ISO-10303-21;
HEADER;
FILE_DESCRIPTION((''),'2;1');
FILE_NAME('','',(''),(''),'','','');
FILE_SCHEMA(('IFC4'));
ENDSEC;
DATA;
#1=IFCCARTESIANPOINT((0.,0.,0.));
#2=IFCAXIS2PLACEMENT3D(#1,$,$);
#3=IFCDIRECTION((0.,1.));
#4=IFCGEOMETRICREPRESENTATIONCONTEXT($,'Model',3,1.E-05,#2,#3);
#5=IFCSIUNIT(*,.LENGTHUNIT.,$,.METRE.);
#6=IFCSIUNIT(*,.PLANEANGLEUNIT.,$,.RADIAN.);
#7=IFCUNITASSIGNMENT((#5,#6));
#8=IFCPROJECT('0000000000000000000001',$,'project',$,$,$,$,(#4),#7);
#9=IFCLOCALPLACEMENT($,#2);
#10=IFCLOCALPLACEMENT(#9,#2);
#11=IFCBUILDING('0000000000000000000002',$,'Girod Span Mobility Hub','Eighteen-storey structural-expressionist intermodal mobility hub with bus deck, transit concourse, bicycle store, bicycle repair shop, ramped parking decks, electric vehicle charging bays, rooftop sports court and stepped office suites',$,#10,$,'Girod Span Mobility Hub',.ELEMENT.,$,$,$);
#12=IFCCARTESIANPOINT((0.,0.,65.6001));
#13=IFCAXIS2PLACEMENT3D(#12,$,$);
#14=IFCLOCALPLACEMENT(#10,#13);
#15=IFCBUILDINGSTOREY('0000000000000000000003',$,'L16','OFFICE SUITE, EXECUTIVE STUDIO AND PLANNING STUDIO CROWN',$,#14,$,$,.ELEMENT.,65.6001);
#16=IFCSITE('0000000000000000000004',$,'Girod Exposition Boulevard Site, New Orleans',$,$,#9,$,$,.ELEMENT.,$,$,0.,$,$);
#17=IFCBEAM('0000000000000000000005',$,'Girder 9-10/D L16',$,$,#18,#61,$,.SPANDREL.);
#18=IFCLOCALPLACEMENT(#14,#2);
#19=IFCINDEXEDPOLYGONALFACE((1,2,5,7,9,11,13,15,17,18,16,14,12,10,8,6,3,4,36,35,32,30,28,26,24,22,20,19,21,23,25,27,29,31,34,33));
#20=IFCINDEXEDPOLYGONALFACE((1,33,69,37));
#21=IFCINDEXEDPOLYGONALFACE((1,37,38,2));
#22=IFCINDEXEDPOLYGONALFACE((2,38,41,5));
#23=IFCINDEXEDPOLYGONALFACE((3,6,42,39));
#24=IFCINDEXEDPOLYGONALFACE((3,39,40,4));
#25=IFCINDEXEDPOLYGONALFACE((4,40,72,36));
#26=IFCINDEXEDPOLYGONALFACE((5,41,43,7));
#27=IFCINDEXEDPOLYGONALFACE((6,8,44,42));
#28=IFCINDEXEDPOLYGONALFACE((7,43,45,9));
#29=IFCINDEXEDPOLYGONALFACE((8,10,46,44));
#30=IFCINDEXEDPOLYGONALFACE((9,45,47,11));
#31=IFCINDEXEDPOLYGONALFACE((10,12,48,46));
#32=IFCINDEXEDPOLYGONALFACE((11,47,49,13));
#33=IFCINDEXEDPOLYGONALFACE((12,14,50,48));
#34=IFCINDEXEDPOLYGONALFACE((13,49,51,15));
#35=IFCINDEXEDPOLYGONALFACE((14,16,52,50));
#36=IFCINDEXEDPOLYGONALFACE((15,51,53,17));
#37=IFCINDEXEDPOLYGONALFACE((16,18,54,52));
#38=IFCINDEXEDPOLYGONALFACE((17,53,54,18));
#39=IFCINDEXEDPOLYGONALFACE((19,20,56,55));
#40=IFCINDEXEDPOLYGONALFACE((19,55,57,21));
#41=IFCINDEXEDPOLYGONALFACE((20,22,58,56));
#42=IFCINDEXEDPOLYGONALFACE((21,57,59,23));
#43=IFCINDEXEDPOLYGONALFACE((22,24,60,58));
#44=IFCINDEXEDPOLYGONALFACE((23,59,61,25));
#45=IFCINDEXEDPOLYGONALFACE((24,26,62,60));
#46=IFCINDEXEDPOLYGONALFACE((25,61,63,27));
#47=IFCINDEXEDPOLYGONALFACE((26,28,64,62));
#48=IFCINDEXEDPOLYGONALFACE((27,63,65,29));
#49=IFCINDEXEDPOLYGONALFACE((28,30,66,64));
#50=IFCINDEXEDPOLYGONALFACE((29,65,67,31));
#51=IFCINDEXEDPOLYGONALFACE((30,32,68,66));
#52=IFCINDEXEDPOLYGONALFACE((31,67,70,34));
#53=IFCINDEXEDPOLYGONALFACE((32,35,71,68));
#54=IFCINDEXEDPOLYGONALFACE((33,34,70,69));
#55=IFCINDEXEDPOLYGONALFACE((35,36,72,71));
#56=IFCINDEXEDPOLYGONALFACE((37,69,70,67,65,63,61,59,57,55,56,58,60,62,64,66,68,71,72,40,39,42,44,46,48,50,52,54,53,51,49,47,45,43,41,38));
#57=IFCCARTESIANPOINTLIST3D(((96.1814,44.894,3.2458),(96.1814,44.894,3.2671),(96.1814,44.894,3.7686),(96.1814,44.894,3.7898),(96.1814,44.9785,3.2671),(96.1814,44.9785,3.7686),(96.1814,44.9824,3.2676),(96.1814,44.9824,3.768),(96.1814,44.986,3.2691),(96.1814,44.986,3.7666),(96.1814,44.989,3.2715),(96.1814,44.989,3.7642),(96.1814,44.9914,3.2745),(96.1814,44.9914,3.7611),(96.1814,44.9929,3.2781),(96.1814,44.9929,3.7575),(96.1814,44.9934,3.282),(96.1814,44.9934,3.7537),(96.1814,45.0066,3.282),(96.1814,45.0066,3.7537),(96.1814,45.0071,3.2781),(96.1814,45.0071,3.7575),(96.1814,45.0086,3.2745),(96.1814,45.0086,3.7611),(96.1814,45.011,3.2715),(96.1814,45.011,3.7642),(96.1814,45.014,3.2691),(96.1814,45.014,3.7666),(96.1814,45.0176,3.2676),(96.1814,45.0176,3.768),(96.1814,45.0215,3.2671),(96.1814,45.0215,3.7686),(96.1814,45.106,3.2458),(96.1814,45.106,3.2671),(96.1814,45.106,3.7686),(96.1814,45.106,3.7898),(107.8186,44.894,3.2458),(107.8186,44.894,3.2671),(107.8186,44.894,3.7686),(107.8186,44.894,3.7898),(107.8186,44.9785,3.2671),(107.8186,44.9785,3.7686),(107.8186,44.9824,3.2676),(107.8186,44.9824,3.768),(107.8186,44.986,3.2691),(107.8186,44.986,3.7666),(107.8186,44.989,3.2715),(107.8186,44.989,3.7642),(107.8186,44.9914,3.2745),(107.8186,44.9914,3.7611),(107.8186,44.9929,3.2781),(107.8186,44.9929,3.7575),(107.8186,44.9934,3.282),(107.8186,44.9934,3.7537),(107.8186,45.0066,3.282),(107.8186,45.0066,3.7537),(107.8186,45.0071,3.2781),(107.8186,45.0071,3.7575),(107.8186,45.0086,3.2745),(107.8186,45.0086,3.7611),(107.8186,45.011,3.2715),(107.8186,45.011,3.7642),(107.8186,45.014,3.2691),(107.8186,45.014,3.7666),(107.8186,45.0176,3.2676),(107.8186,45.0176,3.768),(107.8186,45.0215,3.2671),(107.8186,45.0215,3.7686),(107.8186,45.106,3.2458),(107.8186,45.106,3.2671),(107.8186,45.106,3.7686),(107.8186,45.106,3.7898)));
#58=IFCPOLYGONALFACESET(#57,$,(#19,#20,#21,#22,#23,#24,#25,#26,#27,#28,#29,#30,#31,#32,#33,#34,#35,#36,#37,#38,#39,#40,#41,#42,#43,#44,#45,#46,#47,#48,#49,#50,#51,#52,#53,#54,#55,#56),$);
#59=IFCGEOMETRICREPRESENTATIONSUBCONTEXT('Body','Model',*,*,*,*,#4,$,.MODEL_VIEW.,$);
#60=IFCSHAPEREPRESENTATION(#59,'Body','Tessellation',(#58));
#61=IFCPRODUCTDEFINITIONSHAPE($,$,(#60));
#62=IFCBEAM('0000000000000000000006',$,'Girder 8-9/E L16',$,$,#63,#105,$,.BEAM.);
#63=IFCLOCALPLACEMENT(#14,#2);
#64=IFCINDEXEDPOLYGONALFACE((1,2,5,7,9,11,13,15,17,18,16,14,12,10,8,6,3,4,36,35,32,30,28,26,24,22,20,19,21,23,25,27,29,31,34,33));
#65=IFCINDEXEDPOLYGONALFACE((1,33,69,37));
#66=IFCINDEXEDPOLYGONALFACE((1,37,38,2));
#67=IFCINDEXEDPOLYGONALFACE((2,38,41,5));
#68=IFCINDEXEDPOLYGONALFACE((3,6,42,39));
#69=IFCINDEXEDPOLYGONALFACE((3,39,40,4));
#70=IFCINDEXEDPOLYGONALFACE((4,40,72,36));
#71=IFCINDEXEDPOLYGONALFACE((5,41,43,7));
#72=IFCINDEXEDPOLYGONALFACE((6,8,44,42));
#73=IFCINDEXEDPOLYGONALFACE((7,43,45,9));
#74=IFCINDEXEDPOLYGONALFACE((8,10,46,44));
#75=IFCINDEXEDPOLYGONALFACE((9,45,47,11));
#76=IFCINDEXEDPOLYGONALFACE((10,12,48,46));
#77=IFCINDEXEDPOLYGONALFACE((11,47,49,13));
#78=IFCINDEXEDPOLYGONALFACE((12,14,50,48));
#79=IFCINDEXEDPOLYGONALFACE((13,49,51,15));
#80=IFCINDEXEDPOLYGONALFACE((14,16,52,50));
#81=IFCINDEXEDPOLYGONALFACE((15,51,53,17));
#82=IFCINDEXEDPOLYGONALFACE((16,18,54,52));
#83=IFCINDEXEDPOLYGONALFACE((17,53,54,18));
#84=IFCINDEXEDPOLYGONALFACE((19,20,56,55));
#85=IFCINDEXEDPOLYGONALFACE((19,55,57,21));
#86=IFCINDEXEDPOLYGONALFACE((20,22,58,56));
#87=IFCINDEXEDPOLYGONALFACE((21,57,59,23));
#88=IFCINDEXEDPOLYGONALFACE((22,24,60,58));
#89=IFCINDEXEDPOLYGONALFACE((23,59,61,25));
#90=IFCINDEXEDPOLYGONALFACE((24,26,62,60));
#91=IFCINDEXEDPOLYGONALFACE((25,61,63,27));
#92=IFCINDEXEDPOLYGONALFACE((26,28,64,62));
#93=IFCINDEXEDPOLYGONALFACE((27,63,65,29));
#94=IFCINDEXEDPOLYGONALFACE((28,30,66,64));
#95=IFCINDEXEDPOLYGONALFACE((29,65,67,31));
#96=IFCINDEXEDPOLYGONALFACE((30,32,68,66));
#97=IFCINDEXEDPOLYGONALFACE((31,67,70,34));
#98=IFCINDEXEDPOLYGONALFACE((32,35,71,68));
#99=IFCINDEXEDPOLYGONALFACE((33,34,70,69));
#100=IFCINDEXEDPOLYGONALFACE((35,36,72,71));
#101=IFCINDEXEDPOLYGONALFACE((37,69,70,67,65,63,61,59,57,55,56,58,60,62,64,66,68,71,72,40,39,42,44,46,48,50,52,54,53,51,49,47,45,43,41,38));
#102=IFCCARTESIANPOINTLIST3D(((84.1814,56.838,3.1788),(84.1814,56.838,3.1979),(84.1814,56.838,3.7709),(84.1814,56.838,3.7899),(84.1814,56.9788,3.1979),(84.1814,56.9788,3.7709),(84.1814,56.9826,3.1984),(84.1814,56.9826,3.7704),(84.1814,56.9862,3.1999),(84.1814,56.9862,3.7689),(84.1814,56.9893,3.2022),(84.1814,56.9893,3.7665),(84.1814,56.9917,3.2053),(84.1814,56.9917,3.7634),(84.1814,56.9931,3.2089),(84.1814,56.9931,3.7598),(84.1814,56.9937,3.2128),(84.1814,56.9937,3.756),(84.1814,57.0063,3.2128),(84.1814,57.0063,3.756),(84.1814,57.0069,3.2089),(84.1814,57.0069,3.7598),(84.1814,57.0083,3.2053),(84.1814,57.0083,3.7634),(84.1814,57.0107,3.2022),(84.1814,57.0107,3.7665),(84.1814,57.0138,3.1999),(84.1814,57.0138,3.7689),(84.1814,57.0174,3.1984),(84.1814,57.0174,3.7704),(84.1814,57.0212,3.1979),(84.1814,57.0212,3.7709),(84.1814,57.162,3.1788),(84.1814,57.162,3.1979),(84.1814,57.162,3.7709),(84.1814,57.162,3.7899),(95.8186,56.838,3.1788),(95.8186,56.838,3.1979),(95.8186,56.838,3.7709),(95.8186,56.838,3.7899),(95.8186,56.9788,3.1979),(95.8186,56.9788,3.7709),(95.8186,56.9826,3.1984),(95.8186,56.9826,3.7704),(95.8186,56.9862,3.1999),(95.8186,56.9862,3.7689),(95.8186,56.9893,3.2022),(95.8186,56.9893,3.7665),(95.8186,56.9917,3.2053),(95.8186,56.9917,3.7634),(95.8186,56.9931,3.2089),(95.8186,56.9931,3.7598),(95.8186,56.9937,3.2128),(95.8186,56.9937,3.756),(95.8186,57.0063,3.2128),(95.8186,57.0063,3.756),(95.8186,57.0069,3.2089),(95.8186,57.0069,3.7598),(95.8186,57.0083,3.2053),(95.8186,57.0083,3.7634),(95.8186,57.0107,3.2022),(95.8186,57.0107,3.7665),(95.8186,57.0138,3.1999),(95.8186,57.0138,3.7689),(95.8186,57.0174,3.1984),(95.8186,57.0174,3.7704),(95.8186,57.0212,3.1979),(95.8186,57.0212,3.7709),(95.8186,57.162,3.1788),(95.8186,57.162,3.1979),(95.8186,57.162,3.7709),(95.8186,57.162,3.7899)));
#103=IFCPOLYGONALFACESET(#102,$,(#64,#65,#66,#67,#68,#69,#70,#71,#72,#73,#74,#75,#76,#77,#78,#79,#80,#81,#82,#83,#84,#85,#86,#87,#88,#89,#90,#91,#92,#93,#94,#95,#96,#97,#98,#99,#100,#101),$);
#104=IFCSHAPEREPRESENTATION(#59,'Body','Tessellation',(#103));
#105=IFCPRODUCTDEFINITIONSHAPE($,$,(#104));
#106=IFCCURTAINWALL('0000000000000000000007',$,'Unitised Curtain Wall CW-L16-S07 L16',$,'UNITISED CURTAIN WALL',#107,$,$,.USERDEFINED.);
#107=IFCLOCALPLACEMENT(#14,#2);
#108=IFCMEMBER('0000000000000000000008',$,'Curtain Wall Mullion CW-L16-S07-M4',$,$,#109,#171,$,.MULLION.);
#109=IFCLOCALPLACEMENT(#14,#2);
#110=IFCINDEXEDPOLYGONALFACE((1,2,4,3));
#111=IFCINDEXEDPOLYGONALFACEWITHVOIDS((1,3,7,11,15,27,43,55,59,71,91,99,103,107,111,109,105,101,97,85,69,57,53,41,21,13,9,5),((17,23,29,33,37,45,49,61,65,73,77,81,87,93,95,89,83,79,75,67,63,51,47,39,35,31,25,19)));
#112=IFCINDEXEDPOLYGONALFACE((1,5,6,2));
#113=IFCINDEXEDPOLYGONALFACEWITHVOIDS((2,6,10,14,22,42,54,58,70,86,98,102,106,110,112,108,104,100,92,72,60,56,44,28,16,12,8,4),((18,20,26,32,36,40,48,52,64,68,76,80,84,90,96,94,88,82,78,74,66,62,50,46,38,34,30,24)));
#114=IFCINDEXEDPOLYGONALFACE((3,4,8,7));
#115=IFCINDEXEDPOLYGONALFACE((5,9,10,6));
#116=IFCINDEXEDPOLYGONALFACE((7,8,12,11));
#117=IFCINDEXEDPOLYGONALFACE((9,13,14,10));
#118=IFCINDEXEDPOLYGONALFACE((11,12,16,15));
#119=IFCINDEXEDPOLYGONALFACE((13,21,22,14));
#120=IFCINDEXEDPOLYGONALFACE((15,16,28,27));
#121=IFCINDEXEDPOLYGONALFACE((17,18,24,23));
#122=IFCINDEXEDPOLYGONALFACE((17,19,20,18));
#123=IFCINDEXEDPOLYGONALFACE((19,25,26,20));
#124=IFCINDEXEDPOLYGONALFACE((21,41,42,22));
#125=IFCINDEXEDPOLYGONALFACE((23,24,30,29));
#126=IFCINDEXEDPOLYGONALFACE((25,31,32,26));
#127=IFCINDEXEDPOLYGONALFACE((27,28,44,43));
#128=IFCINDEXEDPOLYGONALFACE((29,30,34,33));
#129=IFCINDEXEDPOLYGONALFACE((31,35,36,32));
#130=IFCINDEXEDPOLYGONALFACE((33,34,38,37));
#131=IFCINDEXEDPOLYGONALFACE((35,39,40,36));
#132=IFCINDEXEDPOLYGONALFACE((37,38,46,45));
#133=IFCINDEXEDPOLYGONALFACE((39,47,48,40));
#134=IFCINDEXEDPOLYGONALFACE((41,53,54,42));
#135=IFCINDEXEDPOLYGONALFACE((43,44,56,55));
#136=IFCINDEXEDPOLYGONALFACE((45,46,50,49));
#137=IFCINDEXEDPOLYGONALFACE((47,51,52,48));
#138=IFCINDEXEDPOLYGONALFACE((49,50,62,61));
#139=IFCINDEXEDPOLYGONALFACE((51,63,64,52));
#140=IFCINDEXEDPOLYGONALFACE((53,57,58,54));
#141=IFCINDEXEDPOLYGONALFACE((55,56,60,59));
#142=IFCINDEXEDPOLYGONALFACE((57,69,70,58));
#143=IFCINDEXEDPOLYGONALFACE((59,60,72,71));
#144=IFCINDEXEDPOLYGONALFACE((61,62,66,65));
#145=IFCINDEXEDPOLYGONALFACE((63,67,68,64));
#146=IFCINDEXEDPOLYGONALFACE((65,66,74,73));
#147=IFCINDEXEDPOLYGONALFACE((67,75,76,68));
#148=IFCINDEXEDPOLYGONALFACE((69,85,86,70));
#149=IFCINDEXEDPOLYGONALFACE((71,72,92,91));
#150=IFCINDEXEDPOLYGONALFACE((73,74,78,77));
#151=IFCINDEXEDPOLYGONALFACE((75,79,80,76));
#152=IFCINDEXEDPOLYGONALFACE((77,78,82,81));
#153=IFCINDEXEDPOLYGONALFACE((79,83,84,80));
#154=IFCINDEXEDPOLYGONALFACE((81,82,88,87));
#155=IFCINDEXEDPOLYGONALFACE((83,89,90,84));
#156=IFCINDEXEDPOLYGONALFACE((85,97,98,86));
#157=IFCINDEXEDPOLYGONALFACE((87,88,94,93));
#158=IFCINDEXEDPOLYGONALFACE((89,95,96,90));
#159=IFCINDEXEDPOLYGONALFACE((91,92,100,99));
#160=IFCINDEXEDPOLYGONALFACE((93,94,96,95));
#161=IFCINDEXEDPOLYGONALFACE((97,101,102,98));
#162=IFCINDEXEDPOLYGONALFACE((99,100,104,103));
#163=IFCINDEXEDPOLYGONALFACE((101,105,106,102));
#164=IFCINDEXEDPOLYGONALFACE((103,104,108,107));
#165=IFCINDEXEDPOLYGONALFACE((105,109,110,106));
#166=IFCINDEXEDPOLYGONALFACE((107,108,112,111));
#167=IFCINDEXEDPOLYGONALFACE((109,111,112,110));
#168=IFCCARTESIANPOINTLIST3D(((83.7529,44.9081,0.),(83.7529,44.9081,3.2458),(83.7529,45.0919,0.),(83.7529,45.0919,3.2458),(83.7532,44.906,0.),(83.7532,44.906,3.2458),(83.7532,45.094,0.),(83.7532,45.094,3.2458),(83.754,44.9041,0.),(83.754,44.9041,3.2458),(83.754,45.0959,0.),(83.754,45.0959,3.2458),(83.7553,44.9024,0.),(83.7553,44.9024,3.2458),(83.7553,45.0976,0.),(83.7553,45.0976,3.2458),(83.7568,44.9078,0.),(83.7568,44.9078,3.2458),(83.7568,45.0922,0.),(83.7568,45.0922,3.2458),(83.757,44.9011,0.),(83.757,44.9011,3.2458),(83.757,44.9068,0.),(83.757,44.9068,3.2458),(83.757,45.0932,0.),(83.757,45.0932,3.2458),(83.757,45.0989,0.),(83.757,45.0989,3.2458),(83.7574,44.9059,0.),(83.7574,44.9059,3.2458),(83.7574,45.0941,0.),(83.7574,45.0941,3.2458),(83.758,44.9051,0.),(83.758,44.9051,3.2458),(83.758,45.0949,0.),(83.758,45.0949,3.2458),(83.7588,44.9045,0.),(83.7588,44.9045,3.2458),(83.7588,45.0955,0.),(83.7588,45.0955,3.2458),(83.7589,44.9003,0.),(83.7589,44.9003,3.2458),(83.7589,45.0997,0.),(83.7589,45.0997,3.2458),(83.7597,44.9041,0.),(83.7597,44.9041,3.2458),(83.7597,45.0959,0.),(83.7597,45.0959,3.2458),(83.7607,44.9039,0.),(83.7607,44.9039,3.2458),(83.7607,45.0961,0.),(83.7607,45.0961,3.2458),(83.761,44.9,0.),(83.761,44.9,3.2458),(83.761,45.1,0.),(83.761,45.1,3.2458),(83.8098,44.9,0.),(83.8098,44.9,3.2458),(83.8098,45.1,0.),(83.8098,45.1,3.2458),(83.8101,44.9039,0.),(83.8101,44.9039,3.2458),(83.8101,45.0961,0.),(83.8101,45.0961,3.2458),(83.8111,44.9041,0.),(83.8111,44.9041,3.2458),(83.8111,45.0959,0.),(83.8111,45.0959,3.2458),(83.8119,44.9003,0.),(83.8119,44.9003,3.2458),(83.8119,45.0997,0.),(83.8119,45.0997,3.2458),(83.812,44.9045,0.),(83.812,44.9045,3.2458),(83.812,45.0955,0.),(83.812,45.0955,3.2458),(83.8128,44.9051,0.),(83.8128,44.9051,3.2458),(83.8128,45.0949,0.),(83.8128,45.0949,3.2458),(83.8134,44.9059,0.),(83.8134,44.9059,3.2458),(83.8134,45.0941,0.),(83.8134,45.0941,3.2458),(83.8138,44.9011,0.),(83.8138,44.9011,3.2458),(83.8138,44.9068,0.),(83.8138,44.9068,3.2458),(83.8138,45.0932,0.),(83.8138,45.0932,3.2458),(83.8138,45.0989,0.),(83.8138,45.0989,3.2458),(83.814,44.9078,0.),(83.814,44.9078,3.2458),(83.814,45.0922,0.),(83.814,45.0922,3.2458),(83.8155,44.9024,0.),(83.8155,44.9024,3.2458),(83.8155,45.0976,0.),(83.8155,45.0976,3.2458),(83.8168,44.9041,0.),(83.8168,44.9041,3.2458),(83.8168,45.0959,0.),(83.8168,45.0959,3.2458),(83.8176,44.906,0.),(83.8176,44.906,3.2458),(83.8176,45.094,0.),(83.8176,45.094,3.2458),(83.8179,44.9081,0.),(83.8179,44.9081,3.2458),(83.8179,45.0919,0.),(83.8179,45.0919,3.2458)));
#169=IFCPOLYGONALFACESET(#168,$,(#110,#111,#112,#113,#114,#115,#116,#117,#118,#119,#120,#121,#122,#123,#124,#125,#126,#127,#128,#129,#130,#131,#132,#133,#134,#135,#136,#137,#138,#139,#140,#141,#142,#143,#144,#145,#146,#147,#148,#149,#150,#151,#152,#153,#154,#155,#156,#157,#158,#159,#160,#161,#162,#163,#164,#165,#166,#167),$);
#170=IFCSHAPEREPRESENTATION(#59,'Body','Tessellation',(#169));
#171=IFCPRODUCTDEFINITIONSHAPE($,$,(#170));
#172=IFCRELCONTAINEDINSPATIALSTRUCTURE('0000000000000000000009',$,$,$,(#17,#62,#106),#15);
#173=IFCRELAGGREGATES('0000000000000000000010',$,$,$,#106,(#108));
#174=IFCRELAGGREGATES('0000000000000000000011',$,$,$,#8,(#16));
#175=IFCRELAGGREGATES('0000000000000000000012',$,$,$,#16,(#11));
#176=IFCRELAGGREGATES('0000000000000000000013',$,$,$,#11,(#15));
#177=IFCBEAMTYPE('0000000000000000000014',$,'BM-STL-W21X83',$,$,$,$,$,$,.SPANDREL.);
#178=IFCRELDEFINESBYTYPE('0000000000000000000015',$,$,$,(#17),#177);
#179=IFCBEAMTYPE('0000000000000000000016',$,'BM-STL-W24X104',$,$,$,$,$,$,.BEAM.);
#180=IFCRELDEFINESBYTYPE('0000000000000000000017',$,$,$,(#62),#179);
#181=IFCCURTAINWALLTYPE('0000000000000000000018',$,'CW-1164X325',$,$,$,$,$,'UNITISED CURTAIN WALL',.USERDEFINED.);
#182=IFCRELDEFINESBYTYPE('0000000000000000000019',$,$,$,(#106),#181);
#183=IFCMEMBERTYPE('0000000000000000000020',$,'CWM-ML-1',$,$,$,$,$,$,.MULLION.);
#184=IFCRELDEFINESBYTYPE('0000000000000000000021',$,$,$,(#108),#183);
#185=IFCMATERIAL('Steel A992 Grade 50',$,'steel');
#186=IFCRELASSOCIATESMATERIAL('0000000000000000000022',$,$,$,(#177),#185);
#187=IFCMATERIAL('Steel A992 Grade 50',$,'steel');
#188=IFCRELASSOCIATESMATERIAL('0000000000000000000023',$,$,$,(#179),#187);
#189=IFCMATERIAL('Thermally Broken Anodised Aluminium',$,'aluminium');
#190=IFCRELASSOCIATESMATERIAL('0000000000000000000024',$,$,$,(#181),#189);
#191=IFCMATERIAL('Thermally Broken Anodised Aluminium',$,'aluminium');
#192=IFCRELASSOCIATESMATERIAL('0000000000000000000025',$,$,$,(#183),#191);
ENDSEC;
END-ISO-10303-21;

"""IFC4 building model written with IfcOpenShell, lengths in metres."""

from ifc_helpers import new_model, si_unit, direction, frame, origin, origin_2d, place, context, subcontext, project, spatial, hollow_rectangle, i_section, extrude, material, material_profile, profile_set, type_object, element, aggregate, save


model = new_model("IFC4")

# Units and contexts
model_context = context("Model", 3, precision=1e-05, world=origin(), true_north=direction((0.0, 1.0)))
body_context = subcontext(model_context, "Body", "Model", "MODEL_VIEW")
ifc_project = project(units=[si_unit("LENGTHUNIT", "METRE"), si_unit("PLANEANGLEUNIT", "RADIAN")], contexts=[model_context])

# Site, building, storey
site_placement = place(None, origin())
site = spatial("IfcSite", under=ifc_project, at=site_placement, Name="Girod Exposition Boulevard Site, New Orleans", CompositionType="ELEMENT", RefElevation=0.0)
building_placement = place(site_placement, origin())
building = spatial("IfcBuilding", under=site, at=building_placement, Name="Girod Span Mobility Hub", Description="Eighteen-storey structural-expressionist intermodal mobility hub with bus deck, transit concourse, bicycle store, bicycle repair shop, ramped parking decks, electric vehicle charging bays, rooftop sports court and stepped office suites", LongName="Girod Span Mobility Hub", CompositionType="ELEMENT")
storey_placement = place(building_placement, frame((0.0, 0.0, 65.6001)))
storey = spatial("IfcBuildingStorey", under=building, at=storey_placement, Name="L16", Description="OFFICE SUITE, EXECUTIVE STUDIO AND PLANNING STUDIO CROWN", CompositionType="ELEMENT", Elevation=65.6001)

# Beams
ifc_material_1 = material(Name="Steel A992 Grade 50", Category="steel")
ifc_material_profile_1 = material_profile(ifc_material_1, i_section(OverallWidth=0.2119, OverallDepth=0.5439, WebThickness=0.0132, FlangeThickness=0.0212, FilletRadius=0.0149, at=origin_2d()), Name="W21X83")
ifc_profile_set_1 = profile_set([ifc_material_profile_1], Name="Steel A992 Grade 50")
beam_type_1 = type_object("IfcBeamType", Name="BM-STL-W21X83", PredefinedType="SPANDREL", material=ifc_profile_set_1)
for number, where, z_axis, x_axis, name in (
    (1, (96.1814, 45.0, 3.5178), (1.0, 0.0, 0.0), (0.0, 1.0, 0.0), "Girder 9-10/D L16"),
):
    element("IfcBeam", number, at=place(storey_placement, frame(where, z_axis=z_axis, x_axis=x_axis)), inside=storey, type_object=beam_type_1, Name=name, PredefinedType="SPANDREL", context=body_context, shape_type="SweptSolid", body=[
        extrude(i_section(OverallWidth=0.2119, OverallDepth=0.5439, WebThickness=0.0132, FlangeThickness=0.0212, FilletRadius=0.0149, at=origin_2d()), origin(), (0.0, 0.0, 1.0), 11.6372),
    ])
ifc_material_2 = material(Name="Steel A992 Grade 50", Category="steel")
ifc_material_profile_2 = material_profile(ifc_material_2, i_section(OverallWidth=0.324, OverallDepth=0.6111, WebThickness=0.0127, FlangeThickness=0.019, FilletRadius=0.0149, at=origin_2d()), Name="W24X104")
ifc_profile_set_2 = profile_set([ifc_material_profile_2], Name="Steel A992 Grade 50")
beam_type_2 = type_object("IfcBeamType", Name="BM-STL-W24X104", PredefinedType="BEAM", material=ifc_profile_set_2)
beam_placement = place(storey_placement, frame((84.1814, 57.0, 3.4844), z_axis=(1.0, 0.0, 0.0), x_axis=(0.0, 1.0, 0.0)))
element("IfcBeam", 2, at=beam_placement, inside=storey, type_object=beam_type_2, Name="Girder 8-9/E L16", PredefinedType="BEAM", context=body_context, shape_type="SweptSolid", body=[
    extrude(i_section(OverallWidth=0.324, OverallDepth=0.6111, WebThickness=0.0127, FlangeThickness=0.019, FilletRadius=0.0149, at=origin_2d()), origin(), (0.0, 0.0, 1.0), 11.6372),
])

# Curtain wall, member
ifc_material_3 = material(Name="Thermally Broken Anodised Aluminium", Category="aluminium")
curtain_wall_type = type_object("IfcCurtainWallType", Name="CW-1164X325", ElementType="UNITISED CURTAIN WALL", PredefinedType="USERDEFINED", material=ifc_material_3)
curtain_wall_1_placement = place(storey_placement, origin())
curtain_wall_1 = element("IfcCurtainWall", 3, at=curtain_wall_1_placement, inside=storey, type_object=curtain_wall_type, Name="Unitised Curtain Wall CW-L16-S07 L16", ObjectType="UNITISED CURTAIN WALL", PredefinedType="USERDEFINED")
ifc_material_4 = material(Name="Thermally Broken Anodised Aluminium", Category="aluminium")
ifc_material_profile_3 = material_profile(ifc_material_4, hollow_rectangle(XDim=0.2, YDim=0.0649, WallThickness=0.0039, InnerFilletRadius=0.0039, OuterFilletRadius=0.0081, at=origin_2d()), Name="CW-ML-65X200")
ifc_profile_set_3 = profile_set([ifc_material_profile_3], Name="Thermally Broken Anodised Aluminium")
member_type_1 = type_object("IfcMemberType", Name="CWM-ML-1", PredefinedType="MULLION", material=ifc_profile_set_3)
member_1_placement = place(storey_placement, frame((83.7854, 45.0, 0.0), z_axis=(0.0, 0.0, 1.0), x_axis=(0.0, 1.0, 0.0)))
member_1 = element("IfcMember", 4, at=member_1_placement, type_object=member_type_1, Name="Curtain Wall Mullion CW-L16-S07-M4", PredefinedType="MULLION", context=body_context, shape_type="SweptSolid", body=[
    extrude(hollow_rectangle(XDim=0.2, YDim=0.0649, WallThickness=0.0039, InnerFilletRadius=0.0039, OuterFilletRadius=0.0081, at=origin_2d()), origin(), (0.0, 0.0, 1.0), 3.2458),
])

aggregate(curtain_wall_1, [member_1])

save(model, "model.ifc")
